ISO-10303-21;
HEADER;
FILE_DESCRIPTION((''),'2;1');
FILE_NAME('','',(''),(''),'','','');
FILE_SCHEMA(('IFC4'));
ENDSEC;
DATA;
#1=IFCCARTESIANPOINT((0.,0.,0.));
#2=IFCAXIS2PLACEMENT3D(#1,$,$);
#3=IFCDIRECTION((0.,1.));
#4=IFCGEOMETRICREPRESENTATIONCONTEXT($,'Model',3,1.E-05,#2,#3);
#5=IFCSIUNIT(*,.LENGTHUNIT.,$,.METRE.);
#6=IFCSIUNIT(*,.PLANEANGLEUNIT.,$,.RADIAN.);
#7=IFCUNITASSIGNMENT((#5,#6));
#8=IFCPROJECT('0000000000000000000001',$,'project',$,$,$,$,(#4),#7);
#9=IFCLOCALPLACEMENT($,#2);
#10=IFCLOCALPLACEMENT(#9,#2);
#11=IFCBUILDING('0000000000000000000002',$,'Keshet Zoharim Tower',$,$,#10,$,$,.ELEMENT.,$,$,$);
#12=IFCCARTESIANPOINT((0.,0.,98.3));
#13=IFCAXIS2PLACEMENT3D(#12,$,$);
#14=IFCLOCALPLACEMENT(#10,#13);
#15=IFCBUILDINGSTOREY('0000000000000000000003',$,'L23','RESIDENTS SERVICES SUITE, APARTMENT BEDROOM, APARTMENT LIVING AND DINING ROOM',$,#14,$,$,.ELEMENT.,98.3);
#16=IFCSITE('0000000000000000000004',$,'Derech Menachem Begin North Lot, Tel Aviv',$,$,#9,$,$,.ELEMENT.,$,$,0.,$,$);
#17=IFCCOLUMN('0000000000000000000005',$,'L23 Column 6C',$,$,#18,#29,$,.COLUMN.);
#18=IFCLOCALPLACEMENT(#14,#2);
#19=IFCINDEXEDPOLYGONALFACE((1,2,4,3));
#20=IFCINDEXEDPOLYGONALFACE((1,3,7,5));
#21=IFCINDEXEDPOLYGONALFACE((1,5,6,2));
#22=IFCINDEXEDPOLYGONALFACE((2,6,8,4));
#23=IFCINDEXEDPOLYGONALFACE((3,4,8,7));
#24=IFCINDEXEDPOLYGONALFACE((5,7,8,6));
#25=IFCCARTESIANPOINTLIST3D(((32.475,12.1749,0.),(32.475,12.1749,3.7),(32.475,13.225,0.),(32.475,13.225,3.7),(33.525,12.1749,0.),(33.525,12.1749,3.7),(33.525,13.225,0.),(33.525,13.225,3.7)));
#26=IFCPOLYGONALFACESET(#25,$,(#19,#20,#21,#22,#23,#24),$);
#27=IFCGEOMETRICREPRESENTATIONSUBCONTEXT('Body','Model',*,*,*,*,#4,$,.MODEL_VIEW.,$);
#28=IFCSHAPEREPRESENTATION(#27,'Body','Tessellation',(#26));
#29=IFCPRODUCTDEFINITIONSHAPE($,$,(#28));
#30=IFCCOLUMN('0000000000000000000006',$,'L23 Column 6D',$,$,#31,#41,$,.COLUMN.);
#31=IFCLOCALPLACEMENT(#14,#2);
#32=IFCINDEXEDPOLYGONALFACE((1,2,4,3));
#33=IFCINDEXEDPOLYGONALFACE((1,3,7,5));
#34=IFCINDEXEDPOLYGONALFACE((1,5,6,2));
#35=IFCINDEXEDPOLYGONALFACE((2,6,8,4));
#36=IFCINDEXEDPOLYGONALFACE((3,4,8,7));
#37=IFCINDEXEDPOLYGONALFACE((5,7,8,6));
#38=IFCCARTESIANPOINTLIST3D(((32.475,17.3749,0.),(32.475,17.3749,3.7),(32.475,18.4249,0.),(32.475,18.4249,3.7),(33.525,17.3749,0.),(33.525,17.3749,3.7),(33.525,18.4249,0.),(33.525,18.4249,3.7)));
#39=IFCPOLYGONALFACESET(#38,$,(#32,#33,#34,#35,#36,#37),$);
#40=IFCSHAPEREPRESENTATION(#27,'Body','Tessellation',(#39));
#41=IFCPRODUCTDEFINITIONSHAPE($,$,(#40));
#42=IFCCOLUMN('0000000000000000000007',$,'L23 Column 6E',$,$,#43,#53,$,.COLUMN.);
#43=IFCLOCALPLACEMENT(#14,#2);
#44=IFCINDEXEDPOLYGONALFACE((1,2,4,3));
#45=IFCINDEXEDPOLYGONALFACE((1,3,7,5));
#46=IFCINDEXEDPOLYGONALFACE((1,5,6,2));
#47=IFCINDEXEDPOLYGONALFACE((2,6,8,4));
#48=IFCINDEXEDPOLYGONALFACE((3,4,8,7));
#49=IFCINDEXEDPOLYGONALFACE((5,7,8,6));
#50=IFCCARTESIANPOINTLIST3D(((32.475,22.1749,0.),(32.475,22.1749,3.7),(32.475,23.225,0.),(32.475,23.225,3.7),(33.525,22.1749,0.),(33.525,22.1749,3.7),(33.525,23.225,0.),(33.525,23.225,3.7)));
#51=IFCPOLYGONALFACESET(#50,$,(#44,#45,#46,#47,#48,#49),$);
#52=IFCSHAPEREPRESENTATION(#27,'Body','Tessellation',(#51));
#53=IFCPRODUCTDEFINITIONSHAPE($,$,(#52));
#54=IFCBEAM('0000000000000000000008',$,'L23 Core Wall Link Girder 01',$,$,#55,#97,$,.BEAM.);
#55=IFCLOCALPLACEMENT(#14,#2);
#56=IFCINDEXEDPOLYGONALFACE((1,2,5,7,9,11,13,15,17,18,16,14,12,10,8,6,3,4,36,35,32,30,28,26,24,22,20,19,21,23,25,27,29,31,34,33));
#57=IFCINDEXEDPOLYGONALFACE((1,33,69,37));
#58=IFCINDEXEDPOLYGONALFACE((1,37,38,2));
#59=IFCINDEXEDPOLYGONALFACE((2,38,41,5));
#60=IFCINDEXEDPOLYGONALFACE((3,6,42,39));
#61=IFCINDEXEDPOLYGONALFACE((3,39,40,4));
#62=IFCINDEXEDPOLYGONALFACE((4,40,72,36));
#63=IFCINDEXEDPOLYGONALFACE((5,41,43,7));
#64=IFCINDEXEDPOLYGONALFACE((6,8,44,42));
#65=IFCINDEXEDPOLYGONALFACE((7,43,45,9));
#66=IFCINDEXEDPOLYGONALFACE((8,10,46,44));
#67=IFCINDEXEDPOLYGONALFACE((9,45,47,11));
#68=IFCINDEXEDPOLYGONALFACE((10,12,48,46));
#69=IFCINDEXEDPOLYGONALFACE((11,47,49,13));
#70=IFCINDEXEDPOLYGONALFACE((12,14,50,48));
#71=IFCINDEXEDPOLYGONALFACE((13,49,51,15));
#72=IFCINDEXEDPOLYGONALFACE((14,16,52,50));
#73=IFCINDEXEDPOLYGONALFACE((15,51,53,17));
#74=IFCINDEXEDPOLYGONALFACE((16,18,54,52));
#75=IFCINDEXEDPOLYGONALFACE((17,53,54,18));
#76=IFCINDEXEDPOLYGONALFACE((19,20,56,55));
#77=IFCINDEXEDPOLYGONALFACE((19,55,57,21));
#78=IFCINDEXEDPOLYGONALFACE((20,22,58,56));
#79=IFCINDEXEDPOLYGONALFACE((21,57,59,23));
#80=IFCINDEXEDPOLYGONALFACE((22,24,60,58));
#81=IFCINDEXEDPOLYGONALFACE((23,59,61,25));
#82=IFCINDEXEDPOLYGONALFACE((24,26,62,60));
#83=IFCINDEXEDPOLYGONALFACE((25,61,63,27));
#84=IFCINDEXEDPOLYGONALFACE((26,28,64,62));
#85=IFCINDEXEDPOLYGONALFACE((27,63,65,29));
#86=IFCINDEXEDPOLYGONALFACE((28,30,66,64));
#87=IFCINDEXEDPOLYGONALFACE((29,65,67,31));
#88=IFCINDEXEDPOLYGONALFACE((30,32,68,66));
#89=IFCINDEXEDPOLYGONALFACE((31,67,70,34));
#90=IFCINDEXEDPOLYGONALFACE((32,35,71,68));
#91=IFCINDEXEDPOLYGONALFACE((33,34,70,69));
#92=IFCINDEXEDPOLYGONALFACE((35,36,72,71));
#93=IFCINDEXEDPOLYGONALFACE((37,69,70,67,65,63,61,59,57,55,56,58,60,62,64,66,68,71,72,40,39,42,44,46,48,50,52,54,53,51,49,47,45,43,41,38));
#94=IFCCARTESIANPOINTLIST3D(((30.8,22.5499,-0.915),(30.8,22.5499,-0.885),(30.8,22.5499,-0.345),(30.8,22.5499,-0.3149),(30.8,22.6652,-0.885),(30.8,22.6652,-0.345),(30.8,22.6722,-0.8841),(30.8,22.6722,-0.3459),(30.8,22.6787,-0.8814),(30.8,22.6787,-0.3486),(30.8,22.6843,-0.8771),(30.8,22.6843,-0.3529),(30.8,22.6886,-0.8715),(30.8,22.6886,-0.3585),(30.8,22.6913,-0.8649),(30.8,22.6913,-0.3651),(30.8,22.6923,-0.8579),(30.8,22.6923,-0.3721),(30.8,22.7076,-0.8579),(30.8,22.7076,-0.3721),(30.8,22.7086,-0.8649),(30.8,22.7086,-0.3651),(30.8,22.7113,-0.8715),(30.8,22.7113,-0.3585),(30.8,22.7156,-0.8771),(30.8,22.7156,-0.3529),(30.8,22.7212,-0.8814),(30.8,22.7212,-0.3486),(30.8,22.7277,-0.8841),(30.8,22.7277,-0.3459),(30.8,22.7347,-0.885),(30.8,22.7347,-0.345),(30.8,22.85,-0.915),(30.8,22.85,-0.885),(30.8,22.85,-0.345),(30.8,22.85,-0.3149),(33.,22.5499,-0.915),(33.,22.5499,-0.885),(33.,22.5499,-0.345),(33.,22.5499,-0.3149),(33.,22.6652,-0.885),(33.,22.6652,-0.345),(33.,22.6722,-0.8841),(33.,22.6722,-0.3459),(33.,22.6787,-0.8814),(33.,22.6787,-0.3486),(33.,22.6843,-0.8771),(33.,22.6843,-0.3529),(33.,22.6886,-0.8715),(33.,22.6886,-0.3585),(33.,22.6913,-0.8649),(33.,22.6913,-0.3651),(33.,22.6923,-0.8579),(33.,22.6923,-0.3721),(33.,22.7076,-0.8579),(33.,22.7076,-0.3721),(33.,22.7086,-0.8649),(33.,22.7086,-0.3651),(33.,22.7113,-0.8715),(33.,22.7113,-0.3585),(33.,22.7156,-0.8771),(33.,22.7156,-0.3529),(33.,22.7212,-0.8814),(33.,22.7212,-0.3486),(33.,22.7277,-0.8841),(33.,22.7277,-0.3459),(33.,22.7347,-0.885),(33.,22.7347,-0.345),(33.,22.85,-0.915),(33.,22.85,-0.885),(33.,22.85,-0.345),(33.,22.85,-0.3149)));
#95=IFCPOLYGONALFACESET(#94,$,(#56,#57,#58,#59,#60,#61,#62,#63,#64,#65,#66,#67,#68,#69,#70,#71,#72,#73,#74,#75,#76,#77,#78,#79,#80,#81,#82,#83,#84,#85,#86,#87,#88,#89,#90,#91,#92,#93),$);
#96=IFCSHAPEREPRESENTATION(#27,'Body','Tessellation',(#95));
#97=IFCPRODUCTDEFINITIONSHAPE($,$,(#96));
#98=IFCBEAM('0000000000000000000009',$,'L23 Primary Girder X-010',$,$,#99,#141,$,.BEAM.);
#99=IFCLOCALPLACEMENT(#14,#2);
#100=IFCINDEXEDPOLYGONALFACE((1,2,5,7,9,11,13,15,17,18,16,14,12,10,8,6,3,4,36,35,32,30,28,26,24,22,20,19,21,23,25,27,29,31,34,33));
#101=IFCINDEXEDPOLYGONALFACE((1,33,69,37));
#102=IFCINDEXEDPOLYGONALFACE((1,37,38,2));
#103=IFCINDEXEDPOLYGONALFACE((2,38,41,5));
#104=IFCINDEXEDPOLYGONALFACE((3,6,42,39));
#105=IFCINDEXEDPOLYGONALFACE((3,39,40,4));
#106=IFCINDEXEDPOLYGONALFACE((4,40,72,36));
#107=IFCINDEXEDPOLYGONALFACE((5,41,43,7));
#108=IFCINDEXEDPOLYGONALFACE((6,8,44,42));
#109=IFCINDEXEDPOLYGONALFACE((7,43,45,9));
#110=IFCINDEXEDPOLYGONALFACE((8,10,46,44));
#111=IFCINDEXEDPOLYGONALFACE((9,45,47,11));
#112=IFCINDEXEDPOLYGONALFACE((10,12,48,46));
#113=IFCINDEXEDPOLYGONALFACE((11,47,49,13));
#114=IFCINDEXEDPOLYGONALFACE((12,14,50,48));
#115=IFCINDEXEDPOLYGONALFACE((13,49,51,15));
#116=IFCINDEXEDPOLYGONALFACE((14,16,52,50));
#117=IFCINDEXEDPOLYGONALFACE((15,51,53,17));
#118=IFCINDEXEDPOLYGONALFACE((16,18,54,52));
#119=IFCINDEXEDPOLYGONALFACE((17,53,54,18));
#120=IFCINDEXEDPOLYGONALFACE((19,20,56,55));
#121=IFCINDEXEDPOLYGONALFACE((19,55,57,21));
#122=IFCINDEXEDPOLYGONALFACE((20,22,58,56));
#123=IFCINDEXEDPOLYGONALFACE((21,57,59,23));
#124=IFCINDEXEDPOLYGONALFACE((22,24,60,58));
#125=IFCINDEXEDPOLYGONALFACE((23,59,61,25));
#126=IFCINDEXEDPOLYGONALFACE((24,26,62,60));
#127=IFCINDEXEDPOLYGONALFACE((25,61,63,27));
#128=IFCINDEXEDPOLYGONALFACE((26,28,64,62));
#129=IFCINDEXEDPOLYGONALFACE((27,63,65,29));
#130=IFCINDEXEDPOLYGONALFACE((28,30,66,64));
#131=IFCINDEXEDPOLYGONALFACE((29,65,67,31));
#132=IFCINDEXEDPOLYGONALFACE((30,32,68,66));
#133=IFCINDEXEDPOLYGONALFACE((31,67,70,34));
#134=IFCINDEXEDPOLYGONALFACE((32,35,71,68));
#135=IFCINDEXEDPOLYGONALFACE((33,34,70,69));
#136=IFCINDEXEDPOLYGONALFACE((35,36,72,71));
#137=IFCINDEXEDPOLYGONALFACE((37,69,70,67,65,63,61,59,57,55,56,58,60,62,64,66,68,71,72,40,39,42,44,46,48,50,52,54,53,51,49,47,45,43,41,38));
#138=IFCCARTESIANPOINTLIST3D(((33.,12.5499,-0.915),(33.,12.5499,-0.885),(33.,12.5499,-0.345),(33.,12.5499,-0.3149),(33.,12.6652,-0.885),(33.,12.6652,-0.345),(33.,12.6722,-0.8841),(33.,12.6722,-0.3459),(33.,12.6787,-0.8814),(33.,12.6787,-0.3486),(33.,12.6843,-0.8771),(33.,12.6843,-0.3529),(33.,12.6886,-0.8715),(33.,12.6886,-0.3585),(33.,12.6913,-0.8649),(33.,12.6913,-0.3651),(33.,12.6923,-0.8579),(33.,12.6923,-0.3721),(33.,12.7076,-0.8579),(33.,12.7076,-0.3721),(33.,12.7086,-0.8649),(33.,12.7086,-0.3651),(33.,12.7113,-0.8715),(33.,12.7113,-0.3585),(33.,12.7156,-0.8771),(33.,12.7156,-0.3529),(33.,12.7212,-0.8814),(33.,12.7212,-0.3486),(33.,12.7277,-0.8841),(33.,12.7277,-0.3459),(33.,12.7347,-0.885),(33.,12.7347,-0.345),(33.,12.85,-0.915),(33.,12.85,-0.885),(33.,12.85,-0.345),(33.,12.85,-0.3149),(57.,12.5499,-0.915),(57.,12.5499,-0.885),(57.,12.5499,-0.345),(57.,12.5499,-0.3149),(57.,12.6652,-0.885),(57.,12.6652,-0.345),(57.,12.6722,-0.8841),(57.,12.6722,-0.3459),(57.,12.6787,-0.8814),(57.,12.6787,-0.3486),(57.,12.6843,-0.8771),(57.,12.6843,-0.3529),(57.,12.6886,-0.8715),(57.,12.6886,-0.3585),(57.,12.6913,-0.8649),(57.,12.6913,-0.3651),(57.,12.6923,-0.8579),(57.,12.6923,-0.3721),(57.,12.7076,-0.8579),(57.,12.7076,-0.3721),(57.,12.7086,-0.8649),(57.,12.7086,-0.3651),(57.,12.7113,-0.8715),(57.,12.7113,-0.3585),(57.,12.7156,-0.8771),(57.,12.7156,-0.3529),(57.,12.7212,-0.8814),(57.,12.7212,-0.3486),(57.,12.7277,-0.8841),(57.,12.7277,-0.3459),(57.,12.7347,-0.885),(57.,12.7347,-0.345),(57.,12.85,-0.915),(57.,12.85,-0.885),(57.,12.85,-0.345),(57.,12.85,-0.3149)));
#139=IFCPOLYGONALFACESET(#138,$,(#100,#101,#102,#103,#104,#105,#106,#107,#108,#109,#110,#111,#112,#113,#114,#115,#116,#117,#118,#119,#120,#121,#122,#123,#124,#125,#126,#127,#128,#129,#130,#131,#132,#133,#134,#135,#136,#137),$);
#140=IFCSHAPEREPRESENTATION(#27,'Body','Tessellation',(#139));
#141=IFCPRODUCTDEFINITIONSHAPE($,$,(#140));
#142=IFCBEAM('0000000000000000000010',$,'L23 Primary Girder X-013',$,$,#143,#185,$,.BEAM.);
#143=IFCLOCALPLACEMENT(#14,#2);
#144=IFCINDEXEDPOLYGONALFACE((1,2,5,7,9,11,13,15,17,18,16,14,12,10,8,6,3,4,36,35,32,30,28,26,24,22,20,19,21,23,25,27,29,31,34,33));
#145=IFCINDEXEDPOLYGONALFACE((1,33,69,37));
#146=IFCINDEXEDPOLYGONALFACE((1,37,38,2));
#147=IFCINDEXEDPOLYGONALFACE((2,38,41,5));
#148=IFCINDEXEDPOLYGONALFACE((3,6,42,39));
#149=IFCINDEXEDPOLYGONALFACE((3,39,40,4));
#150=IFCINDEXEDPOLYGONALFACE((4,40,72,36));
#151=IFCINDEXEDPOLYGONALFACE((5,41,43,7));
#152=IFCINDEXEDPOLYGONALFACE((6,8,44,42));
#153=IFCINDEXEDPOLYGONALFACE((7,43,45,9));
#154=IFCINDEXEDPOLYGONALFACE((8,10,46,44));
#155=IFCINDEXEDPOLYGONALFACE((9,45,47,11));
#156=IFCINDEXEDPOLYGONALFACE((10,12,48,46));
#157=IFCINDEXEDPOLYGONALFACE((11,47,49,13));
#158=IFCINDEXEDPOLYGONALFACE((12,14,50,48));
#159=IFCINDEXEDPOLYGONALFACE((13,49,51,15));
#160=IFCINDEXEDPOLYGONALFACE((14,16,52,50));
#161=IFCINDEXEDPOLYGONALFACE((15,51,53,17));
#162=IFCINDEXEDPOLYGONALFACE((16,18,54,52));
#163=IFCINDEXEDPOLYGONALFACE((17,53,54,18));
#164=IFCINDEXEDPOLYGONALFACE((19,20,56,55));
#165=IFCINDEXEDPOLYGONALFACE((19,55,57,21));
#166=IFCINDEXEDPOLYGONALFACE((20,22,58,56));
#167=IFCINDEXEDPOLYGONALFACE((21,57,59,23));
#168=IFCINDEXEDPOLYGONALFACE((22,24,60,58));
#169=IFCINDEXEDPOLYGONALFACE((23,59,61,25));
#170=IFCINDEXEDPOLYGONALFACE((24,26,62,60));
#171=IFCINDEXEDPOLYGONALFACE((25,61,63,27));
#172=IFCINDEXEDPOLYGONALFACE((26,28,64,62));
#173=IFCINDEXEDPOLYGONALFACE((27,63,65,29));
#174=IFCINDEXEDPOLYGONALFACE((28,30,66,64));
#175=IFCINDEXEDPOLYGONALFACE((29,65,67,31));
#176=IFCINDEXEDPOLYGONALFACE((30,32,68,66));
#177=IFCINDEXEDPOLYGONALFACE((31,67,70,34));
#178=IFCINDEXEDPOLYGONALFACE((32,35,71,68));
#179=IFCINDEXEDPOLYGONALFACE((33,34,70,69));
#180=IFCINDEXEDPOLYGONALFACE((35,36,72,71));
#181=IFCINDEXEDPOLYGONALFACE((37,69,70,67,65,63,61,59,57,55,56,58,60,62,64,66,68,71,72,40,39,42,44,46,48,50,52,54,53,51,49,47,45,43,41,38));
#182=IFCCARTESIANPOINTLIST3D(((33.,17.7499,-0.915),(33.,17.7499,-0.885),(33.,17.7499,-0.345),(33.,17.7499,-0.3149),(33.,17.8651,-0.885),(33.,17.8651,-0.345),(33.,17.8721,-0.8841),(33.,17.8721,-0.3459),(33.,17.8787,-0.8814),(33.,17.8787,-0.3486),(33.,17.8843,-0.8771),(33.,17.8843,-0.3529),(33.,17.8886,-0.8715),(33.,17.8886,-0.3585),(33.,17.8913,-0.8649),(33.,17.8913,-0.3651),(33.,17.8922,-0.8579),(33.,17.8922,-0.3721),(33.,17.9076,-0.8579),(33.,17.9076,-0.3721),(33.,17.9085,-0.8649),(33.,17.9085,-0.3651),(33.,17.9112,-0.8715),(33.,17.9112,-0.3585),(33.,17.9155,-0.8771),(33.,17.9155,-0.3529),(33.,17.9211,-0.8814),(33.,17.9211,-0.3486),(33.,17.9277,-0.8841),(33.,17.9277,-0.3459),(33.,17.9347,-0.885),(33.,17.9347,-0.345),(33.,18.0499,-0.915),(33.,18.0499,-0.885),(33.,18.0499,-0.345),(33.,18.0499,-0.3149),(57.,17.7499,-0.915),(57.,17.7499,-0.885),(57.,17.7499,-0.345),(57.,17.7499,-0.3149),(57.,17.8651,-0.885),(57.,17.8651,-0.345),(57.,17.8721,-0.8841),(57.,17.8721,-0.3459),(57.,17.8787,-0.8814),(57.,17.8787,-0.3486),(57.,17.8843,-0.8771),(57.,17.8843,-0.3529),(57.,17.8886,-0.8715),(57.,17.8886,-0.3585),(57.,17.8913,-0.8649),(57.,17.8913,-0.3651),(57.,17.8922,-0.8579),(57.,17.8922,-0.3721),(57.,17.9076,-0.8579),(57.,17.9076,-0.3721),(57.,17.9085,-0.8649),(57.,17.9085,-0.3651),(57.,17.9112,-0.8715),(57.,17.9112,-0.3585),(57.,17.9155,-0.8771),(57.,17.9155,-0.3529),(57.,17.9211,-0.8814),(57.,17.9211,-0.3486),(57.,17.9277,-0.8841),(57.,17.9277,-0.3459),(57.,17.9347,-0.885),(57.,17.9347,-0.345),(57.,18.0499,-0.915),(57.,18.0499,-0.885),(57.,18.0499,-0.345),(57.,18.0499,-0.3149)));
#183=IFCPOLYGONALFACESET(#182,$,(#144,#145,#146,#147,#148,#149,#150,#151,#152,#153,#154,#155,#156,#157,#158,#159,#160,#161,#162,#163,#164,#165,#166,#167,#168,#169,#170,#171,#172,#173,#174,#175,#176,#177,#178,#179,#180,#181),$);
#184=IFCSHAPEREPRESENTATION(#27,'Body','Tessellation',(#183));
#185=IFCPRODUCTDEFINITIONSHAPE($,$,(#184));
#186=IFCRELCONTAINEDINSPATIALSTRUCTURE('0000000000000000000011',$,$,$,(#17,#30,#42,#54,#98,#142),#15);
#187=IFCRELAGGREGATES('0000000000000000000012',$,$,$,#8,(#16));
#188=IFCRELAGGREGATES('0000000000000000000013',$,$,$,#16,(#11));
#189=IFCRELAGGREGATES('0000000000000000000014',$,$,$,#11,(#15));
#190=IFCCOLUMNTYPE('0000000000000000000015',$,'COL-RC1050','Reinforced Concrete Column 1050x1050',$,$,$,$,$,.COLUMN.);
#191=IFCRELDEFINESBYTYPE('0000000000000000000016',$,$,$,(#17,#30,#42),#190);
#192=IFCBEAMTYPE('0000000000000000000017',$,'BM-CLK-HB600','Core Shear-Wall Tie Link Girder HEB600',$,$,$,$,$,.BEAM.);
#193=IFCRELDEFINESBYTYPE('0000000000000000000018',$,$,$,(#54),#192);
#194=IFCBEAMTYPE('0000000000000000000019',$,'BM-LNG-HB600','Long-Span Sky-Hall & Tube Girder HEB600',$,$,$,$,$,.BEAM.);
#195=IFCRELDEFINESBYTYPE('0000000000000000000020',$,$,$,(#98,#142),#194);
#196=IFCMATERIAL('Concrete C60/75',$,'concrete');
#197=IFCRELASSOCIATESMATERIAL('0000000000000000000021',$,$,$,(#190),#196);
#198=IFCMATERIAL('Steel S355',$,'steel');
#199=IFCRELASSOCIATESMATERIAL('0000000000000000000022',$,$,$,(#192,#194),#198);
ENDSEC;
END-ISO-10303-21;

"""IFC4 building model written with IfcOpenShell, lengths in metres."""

from ifc_helpers import new_model, si_unit, direction, frame, origin, origin_2d, place, context, subcontext, project, spatial, rectangle, i_section, extrude, material, material_profile, profile_set, type_object, element, save


model = new_model("IFC4")

# Units and contexts
model_context = context("Model", 3, precision=1e-05, world=origin(), true_north=direction((0.0, 1.0)))
body_context = subcontext(model_context, "Body", "Model", "MODEL_VIEW")
ifc_project = project(units=[si_unit("LENGTHUNIT", "METRE"), si_unit("PLANEANGLEUNIT", "RADIAN")], contexts=[model_context])

# Site, building, storey
site_placement = place(None, origin())
site = spatial("IfcSite", under=ifc_project, at=site_placement, Name="Derech Menachem Begin North Lot, Tel Aviv", CompositionType="ELEMENT", RefElevation=0.0)
building_placement = place(site_placement, origin())
building = spatial("IfcBuilding", under=site, at=building_placement, Name="Keshet Zoharim Tower", CompositionType="ELEMENT")
storey_placement = place(building_placement, frame((0.0, 0.0, 98.3)))
storey = spatial("IfcBuildingStorey", under=building, at=storey_placement, Name="L23", Description="RESIDENTS SERVICES SUITE, APARTMENT BEDROOM, APARTMENT LIVING AND DINING ROOM", CompositionType="ELEMENT", Elevation=98.3)

# Columns
ifc_material_1 = material(Name="Concrete C60/75", Category="concrete")
ifc_material_profile_1 = material_profile(ifc_material_1, rectangle(XDim=1.05, YDim=1.05, at=origin_2d()), Name="RC1050x1050")
ifc_profile_set_1 = profile_set([ifc_material_profile_1], Name="Concrete C60/75")
column_type = type_object("IfcColumnType", Name="COL-RC1050", Description="Reinforced Concrete Column 1050x1050", PredefinedType="COLUMN", material=ifc_profile_set_1)
for number, where, z_axis, x_axis, name in (
    (1, (33.0, 12.7, 0.0), (0.0, 0.0, 1.0), (1.0, 0.0, 0.0), "L23 Column 6C"),
    (2, (33.0, 17.8999, 0.0), (0.0, 0.0, 1.0), (1.0, 0.0, 0.0), "L23 Column 6D"),
    (3, (33.0, 22.7, 0.0), (0.0, 0.0, 1.0), (1.0, 0.0, 0.0), "L23 Column 6E"),
):
    element("IfcColumn", number, at=place(storey_placement, frame(where, z_axis=z_axis, x_axis=x_axis)), inside=storey, type_object=column_type, Name=name, PredefinedType="COLUMN", context=body_context, shape_type="SweptSolid", body=[
        extrude(rectangle(XDim=1.05, YDim=1.05, at=origin_2d()), origin(), (0.0, 0.0, 1.0), 3.7),
    ])

# Beams
ifc_material_2 = material(Name="Steel S355", Category="steel")
ifc_material_profile_2 = material_profile(ifc_material_2, i_section(OverallWidth=0.3, OverallDepth=0.6001, WebThickness=0.0154, FlangeThickness=0.03, FilletRadius=0.0271, at=origin_2d()), Name="HEB600")
ifc_profile_set_2 = profile_set([ifc_material_profile_2], Name="Steel S355")
beam_type_1 = type_object("IfcBeamType", Name="BM-CLK-HB600", Description="Core Shear-Wall Tie Link Girder HEB600", PredefinedType="BEAM", material=ifc_profile_set_2)
beam_1_placement = place(storey_placement, frame((30.8, 22.7, -0.615), z_axis=(1.0, 0.0, 0.0), x_axis=(0.0, 1.0, 0.0)))
element("IfcBeam", 4, at=beam_1_placement, inside=storey, type_object=beam_type_1, Name="L23 Core Wall Link Girder 01", PredefinedType="BEAM", context=body_context, shape_type="SweptSolid", body=[
    extrude(i_section(OverallWidth=0.3, OverallDepth=0.6001, WebThickness=0.0154, FlangeThickness=0.03, FilletRadius=0.0271, at=origin_2d()), origin(), (0.0, 0.0, 1.0), 2.2),
])
ifc_material_profile_3 = material_profile(ifc_material_2, i_section(OverallWidth=0.3, OverallDepth=0.6001, WebThickness=0.0154, FlangeThickness=0.03, FilletRadius=0.0271, at=origin_2d()), Name="HEB600")
ifc_profile_set_3 = profile_set([ifc_material_profile_3], Name="Steel S355")
beam_type_2 = type_object("IfcBeamType", Name="BM-LNG-HB600", Description="Long-Span Sky-Hall & Tube Girder HEB600", PredefinedType="BEAM", material=ifc_profile_set_3)
for number, where, z_axis, x_axis, name in (
    (5, (33.0, 12.7, -0.615), (1.0, 0.0, 0.0), (0.0, 1.0, 0.0), "L23 Primary Girder X-010"),
    (6, (33.0, 17.8999, -0.615), (1.0, 0.0, 0.0), (0.0, 1.0, 0.0), "L23 Primary Girder X-013"),
):
    element("IfcBeam", number, at=place(storey_placement, frame(where, z_axis=z_axis, x_axis=x_axis)), inside=storey, type_object=beam_type_2, Name=name, PredefinedType="BEAM", context=body_context, shape_type="SweptSolid", body=[
        extrude(i_section(OverallWidth=0.3, OverallDepth=0.6001, WebThickness=0.0154, FlangeThickness=0.03, FilletRadius=0.0271, at=origin_2d()), origin(), (0.0, 0.0, 1.0), 24.0),
    ])

save(model, "model.ifc")
